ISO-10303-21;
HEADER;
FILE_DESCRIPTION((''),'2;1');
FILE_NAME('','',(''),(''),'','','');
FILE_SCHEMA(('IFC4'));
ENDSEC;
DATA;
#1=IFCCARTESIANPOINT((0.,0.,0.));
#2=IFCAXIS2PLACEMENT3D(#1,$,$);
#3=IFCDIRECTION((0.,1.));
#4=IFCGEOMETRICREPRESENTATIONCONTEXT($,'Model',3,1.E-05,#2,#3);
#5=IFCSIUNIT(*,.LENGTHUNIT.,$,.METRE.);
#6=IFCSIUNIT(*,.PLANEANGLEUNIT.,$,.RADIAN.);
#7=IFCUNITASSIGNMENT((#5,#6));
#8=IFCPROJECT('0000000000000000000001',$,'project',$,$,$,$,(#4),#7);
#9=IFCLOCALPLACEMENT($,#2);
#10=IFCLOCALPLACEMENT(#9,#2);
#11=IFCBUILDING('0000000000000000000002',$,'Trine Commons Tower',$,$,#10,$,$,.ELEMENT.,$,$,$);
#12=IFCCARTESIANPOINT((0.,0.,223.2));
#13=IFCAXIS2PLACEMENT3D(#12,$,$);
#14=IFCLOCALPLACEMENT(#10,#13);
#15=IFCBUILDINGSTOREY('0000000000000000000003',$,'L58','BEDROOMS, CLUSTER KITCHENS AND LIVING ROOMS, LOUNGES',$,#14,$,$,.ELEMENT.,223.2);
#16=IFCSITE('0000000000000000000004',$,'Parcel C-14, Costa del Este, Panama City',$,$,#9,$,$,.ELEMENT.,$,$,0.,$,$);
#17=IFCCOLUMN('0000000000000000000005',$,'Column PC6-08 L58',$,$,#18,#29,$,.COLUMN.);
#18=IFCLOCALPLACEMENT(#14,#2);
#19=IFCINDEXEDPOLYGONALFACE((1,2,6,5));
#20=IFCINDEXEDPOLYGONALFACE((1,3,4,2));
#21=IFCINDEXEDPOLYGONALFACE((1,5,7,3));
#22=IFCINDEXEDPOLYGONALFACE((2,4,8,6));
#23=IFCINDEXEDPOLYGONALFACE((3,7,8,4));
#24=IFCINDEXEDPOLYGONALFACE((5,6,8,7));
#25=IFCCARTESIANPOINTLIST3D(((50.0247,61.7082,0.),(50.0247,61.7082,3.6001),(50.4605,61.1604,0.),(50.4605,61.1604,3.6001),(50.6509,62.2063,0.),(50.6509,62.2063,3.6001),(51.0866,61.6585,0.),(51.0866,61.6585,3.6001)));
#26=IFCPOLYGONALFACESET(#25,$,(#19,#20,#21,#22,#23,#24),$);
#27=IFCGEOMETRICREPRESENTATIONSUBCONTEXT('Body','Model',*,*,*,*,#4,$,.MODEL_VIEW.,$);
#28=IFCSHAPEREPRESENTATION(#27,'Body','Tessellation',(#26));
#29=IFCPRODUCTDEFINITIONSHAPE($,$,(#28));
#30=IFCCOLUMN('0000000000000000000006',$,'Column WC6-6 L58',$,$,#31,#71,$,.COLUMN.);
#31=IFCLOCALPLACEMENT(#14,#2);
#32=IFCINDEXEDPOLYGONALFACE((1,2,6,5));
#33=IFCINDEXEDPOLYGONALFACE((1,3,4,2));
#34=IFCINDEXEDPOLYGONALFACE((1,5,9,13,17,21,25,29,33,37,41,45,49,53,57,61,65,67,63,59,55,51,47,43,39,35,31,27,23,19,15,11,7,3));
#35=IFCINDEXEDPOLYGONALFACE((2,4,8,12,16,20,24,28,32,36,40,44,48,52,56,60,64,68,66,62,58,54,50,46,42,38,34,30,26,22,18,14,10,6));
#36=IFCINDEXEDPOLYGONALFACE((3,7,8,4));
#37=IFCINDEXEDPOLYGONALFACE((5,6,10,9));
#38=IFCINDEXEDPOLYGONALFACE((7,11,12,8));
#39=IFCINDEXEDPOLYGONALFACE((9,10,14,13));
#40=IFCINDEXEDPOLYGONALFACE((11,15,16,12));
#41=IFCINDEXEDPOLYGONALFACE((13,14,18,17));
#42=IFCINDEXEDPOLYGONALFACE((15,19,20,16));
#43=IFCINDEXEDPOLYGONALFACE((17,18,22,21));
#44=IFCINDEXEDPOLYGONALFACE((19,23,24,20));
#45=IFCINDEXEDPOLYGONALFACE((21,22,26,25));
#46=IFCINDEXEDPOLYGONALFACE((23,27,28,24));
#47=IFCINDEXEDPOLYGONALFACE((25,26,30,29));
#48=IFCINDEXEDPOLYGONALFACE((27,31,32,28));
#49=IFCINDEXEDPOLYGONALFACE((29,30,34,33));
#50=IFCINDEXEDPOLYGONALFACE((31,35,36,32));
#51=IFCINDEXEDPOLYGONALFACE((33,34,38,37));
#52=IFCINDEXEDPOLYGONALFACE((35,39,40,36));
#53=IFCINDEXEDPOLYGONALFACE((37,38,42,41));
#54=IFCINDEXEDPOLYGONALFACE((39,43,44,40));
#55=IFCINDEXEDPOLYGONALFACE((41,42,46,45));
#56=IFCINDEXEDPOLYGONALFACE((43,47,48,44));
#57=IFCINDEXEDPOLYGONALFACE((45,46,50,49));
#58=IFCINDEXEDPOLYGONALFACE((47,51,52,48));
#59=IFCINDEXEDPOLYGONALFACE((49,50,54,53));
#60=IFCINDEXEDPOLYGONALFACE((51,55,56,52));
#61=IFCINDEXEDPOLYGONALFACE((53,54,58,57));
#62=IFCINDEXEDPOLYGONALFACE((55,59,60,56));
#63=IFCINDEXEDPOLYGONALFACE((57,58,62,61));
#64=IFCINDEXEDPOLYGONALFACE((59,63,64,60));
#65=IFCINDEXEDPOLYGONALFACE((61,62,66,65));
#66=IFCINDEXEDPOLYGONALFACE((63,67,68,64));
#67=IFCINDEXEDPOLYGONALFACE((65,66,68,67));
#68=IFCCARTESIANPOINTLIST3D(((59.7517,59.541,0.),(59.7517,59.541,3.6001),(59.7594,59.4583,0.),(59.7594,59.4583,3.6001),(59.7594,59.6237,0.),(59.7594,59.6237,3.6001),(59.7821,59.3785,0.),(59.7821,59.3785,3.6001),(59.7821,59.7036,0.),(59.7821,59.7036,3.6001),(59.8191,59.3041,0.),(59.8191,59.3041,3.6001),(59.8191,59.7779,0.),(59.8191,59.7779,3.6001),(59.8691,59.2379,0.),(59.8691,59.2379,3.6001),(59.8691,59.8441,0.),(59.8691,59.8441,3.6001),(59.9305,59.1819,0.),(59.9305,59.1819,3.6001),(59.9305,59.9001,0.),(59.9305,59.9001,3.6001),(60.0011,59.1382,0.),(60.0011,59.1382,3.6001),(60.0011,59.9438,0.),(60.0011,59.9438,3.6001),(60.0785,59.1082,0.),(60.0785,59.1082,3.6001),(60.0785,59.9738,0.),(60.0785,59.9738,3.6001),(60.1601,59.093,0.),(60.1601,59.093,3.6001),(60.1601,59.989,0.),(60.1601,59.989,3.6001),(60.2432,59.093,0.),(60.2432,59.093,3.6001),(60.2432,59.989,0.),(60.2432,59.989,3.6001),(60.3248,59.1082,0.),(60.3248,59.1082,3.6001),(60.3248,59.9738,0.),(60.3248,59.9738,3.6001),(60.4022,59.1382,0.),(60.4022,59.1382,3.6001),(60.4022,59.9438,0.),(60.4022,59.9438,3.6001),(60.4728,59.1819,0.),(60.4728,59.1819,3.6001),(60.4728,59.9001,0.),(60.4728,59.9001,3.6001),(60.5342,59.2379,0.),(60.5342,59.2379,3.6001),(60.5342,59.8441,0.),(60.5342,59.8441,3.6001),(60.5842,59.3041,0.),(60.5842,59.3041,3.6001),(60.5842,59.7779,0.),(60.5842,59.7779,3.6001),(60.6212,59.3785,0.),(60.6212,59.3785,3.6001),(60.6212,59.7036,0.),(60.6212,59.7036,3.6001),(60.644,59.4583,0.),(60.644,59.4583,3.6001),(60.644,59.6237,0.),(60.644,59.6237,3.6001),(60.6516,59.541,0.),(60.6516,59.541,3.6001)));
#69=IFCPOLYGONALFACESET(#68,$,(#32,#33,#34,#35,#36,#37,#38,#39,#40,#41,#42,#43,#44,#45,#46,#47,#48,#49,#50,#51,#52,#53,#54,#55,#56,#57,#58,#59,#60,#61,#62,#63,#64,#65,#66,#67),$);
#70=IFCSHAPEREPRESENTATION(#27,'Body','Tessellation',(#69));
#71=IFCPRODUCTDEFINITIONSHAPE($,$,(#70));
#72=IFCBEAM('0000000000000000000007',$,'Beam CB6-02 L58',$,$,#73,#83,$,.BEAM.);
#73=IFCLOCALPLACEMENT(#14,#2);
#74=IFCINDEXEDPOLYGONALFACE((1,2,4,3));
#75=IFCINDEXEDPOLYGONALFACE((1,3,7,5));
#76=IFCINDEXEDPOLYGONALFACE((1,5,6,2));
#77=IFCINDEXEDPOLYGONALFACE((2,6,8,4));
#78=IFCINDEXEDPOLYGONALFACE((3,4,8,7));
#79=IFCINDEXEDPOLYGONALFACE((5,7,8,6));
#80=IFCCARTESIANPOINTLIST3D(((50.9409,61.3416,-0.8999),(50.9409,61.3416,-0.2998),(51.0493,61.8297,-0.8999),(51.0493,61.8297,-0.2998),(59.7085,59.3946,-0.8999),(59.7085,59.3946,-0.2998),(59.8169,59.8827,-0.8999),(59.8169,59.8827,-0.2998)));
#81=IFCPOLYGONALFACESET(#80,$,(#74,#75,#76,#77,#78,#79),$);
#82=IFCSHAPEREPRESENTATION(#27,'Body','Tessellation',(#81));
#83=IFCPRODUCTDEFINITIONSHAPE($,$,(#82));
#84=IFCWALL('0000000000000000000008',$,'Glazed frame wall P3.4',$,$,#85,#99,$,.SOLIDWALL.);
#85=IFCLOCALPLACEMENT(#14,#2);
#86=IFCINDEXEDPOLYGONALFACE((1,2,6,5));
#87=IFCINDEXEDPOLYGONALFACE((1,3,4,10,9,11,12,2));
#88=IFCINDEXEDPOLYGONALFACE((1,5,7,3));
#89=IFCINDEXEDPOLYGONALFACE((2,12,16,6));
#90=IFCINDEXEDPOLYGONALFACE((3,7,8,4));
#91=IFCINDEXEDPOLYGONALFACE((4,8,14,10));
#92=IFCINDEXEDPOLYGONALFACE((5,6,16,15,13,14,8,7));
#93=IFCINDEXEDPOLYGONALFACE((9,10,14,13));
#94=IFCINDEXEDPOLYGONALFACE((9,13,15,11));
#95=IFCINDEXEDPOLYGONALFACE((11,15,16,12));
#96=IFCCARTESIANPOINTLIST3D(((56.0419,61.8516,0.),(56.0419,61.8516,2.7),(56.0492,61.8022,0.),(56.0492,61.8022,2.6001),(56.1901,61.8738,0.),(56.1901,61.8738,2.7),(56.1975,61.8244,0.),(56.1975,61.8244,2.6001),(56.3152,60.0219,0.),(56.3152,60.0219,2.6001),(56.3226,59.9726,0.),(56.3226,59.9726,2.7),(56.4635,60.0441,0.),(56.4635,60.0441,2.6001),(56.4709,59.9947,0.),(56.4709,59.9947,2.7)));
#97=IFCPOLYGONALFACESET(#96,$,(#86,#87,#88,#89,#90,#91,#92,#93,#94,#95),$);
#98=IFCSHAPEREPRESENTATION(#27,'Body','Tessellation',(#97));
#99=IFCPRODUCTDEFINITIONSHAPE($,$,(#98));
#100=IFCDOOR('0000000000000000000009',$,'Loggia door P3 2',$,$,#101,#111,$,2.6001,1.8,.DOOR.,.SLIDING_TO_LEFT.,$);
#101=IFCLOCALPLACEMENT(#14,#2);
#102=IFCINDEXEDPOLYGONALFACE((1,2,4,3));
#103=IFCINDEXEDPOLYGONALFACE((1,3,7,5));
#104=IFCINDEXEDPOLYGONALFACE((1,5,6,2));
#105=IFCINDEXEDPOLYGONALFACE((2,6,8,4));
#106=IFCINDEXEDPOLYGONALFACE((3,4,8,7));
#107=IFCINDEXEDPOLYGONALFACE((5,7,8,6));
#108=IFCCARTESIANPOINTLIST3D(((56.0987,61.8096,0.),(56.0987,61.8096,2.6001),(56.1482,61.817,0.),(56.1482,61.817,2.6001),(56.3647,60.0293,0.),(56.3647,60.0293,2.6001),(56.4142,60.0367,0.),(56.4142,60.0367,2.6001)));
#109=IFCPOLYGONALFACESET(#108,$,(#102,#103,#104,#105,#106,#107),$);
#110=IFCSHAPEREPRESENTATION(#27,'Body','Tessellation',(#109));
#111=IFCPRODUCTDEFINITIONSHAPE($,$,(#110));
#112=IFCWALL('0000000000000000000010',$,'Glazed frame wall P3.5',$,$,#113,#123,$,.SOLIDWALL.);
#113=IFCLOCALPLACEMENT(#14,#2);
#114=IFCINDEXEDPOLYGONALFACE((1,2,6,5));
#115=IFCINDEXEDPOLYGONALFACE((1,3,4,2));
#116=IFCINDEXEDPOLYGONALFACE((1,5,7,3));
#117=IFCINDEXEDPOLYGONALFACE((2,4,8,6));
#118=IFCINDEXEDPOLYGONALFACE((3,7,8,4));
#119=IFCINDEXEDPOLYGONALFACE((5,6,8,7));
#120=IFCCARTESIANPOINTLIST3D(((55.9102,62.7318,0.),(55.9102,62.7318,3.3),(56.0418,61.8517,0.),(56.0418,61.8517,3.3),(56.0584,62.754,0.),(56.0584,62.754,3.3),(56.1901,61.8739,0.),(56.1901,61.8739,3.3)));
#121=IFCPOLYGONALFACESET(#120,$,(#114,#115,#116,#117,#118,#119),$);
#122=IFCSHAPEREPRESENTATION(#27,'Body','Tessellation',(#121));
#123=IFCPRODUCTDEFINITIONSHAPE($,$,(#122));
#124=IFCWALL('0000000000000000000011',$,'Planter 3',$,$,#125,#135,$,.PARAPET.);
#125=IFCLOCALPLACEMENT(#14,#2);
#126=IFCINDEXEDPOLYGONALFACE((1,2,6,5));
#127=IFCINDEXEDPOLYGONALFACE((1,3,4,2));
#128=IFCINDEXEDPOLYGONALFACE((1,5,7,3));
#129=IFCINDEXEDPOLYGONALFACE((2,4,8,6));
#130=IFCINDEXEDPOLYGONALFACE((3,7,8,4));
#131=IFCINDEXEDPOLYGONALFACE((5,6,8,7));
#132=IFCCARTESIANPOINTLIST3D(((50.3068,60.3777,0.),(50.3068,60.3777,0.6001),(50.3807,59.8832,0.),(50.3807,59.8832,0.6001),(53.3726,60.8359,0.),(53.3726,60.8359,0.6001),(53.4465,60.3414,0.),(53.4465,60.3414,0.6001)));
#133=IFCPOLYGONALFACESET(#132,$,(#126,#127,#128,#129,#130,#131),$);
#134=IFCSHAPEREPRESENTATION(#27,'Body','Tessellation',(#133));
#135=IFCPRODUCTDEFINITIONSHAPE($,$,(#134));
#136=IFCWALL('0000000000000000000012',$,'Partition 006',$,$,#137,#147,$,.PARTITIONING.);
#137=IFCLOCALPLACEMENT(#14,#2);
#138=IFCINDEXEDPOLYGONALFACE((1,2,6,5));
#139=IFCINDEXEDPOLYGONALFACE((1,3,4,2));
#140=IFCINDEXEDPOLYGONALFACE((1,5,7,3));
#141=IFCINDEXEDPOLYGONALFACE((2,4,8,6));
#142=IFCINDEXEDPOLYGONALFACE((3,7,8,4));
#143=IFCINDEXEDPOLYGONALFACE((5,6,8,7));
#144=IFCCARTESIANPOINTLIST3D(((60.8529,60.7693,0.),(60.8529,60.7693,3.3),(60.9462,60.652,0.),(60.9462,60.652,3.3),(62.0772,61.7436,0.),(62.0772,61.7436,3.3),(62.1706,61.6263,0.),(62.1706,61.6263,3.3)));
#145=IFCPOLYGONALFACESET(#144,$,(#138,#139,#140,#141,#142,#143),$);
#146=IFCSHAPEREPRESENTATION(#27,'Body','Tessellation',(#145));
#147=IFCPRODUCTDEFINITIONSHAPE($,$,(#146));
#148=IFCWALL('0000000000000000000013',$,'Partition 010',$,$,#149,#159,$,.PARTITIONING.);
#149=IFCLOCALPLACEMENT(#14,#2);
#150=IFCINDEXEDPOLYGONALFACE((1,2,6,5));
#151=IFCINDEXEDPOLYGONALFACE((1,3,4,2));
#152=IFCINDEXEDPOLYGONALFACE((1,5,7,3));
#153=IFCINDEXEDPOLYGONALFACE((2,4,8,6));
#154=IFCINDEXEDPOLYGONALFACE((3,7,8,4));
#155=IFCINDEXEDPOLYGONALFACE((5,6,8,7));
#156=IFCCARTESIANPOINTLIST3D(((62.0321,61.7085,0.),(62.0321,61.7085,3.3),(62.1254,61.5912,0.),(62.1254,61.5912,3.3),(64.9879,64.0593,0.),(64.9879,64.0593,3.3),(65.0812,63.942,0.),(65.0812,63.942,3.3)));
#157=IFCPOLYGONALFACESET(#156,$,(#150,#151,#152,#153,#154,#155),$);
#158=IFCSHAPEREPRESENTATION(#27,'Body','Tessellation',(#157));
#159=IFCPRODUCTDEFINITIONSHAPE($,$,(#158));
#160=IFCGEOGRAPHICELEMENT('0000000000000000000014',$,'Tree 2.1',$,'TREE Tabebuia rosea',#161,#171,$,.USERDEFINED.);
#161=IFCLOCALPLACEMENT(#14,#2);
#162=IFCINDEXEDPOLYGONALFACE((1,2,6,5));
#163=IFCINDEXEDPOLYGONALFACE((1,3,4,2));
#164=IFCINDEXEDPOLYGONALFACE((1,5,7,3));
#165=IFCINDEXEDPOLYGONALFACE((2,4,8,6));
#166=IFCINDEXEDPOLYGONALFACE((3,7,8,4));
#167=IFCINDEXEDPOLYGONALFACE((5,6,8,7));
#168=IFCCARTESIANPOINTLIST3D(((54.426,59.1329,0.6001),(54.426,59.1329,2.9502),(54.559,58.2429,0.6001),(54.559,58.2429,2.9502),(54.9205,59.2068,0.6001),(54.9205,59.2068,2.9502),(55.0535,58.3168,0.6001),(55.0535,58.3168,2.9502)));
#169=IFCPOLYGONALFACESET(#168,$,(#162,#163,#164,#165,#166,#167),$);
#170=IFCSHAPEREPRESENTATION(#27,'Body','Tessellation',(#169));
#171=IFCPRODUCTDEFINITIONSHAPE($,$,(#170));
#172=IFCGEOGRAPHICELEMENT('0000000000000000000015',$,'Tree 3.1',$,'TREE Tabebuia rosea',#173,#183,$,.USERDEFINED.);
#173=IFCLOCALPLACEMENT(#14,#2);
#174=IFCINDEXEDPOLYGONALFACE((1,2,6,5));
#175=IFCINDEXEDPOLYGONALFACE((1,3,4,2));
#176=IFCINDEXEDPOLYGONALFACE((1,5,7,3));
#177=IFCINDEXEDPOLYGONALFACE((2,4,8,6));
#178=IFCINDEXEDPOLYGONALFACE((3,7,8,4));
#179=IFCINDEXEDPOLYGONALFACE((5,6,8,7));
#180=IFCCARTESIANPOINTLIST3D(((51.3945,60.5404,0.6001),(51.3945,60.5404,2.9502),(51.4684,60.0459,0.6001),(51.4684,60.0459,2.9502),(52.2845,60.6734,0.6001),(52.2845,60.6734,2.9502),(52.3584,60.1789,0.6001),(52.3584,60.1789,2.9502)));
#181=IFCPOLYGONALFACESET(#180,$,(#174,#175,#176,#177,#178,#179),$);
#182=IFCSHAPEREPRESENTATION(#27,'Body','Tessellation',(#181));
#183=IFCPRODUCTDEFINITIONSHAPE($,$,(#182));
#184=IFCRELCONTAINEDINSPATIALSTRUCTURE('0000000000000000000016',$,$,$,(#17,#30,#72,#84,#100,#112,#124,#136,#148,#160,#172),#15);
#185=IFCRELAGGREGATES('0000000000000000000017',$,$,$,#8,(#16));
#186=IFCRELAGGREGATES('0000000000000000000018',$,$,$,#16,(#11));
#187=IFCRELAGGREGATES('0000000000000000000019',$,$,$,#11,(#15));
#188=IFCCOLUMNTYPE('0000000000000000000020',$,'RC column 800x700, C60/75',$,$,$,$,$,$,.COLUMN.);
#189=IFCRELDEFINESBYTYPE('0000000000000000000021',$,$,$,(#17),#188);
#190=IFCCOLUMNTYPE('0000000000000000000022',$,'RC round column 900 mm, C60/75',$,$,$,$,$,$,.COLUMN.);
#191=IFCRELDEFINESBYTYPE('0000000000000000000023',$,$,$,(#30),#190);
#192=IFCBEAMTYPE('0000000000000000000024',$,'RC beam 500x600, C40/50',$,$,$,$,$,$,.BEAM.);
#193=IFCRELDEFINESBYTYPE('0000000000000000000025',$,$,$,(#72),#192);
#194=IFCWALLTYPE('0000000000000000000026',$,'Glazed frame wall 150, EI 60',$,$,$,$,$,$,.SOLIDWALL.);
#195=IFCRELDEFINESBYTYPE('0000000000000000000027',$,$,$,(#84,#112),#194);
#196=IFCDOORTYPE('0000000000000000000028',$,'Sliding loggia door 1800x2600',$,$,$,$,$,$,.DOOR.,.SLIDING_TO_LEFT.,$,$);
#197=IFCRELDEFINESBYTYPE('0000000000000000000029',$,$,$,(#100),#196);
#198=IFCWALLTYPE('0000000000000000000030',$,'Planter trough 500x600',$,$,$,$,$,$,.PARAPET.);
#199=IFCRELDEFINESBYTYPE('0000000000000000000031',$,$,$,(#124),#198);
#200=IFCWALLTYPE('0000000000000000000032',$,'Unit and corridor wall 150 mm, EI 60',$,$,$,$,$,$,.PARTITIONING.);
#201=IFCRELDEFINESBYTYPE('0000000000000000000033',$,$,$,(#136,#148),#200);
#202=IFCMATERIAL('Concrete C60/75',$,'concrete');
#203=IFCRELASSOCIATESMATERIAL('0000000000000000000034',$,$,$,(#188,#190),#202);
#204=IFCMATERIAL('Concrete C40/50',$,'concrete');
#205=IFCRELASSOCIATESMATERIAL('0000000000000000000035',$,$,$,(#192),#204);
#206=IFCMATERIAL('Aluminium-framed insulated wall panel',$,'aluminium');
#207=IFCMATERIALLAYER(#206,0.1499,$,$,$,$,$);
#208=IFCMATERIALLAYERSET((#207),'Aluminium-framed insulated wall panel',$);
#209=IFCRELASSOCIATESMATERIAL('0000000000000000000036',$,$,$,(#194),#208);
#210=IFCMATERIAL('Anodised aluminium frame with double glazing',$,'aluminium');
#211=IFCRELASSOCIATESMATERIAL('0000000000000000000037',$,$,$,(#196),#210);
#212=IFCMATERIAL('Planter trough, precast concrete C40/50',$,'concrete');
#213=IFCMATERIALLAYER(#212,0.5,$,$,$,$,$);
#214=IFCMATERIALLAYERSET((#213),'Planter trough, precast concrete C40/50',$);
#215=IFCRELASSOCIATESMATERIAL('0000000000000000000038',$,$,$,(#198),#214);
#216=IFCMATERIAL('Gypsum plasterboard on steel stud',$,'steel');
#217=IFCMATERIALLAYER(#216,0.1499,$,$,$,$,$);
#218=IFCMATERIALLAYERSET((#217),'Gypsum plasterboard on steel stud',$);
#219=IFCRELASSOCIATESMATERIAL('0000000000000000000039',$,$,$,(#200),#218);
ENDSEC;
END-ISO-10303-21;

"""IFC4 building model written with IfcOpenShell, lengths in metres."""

from ifc_helpers import new_model, si_unit, direction, frame, frame_2d, origin, origin_2d, place, context, subcontext, project, spatial, polyline, rectangle, circle, outline, extrude, material, layer, layer_set, material_profile, profile_set, type_object, element, fill, save


model = new_model("IFC4")

# Units and contexts
model_context = context("Model", 3, precision=1e-05, world=origin(), true_north=direction((0.0, 1.0)))
body_context = subcontext(model_context, "Body", "Model", "MODEL_VIEW")
ifc_project = project(units=[si_unit("LENGTHUNIT", "METRE"), si_unit("PLANEANGLEUNIT", "RADIAN")], contexts=[model_context])

# Site, building, storey
site_placement = place(None, origin())
site = spatial("IfcSite", under=ifc_project, at=site_placement, Name="Parcel C-14, Costa del Este, Panama City", CompositionType="ELEMENT", RefElevation=0.0)
building_placement = place(site_placement, origin())
building = spatial("IfcBuilding", under=site, at=building_placement, Name="Trine Commons Tower", CompositionType="ELEMENT")
storey_placement = place(building_placement, frame((0.0, 0.0, 223.2)))
storey = spatial("IfcBuildingStorey", under=building, at=storey_placement, Name="L58", Description="BEDROOMS, CLUSTER KITCHENS AND LIVING ROOMS, LOUNGES", CompositionType="ELEMENT", Elevation=223.2)

# Columns
ifc_material_1 = material(Name="Concrete C60/75", Category="concrete")
ifc_material_profile_1 = material_profile(ifc_material_1, rectangle(XDim=0.8, YDim=0.7, at=origin_2d()), Name="RC 800x700")
ifc_profile_set_1 = profile_set([ifc_material_profile_1], Name="Concrete C60/75")
column_type_1 = type_object("IfcColumnType", Name="RC column 800x700, C60/75", PredefinedType="COLUMN", material=ifc_profile_set_1)
column_1_placement = place(storey_placement, frame((50.5557, 61.6833, 0.0), z_axis=(0.0, 0.0, 1.0), x_axis=(0.782608, 0.622515, 0.0)))
element("IfcColumn", 1, at=column_1_placement, inside=storey, type_object=column_type_1, Name="Column PC6-08 L58", PredefinedType="COLUMN", context=body_context, shape_type="SweptSolid", body=[
    extrude(rectangle(XDim=0.8, YDim=0.7, at=origin_2d()), origin(), (0.0, 0.0, 1.0), 3.6001),
])
ifc_material_profile_2 = material_profile(ifc_material_1, circle(Radius=0.45, at=origin_2d()), Name="RC round 900")
ifc_profile_set_2 = profile_set([ifc_material_profile_2], Name="Concrete C60/75")
column_type_2 = type_object("IfcColumnType", Name="RC round column 900 mm, C60/75", PredefinedType="COLUMN", material=ifc_profile_set_2)
column_2_placement = place(storey_placement, frame((60.2017, 59.541, 0.0), z_axis=(0.0, 0.0, 1.0), x_axis=(1.0, 0.0, 0.0)))
element("IfcColumn", 2, at=column_2_placement, inside=storey, type_object=column_type_2, Name="Column WC6-6 L58", PredefinedType="COLUMN", context=body_context, shape_type="SweptSolid", body=[
    extrude(circle(Radius=0.45, at=origin_2d()), origin(), (0.0, 0.0, 1.0), 3.6001),
])

# Beam
ifc_material_2 = material(Name="Concrete C40/50", Category="concrete")
ifc_material_profile_3 = material_profile(ifc_material_2, rectangle(XDim=0.5, YDim=0.6001, at=origin_2d()), Name="RC 500x600")
ifc_profile_set_3 = profile_set([ifc_material_profile_3], Name="Concrete C40/50")
beam_type = type_object("IfcBeamType", Name="RC beam 500x600, C40/50", PredefinedType="BEAM", material=ifc_profile_set_3)
beam_placement = place(storey_placement, frame((50.9951, 61.5857, -0.5999), z_axis=(0.976218, -0.216789, 0.0), x_axis=(0.216789, 0.976218, 0.0)))
element("IfcBeam", 3, at=beam_placement, inside=storey, type_object=beam_type, Name="Beam CB6-02 L58", PredefinedType="BEAM", context=body_context, shape_type="SweptSolid", body=[
    extrude(rectangle(XDim=0.5, YDim=0.6001, at=origin_2d()), origin(), (0.0, 0.0, 1.0), 8.9812),
])

# Wall, opening, door
ifc_material_3 = material(Name="Aluminium-framed insulated wall panel", Category="aluminium")
ifc_layer_1 = layer(ifc_material_3, 0.1499)
ifc_layer_set_1 = layer_set([ifc_layer_1], Name="Aluminium-framed insulated wall panel")
wall_type_1 = type_object("IfcWallType", Name="Glazed frame wall 150, EI 60", PredefinedType="SOLIDWALL", material=ifc_layer_set_1)
wall_1_placement = place(storey_placement, frame((56.3967, 59.9836, 0.0), z_axis=(0.0, 0.0, 1.0), x_axis=(-0.147769, 0.989022, 0.0)))
wall_1 = element("IfcWall", 4, at=wall_1_placement, inside=storey, type_object=wall_type_1, Name="Glazed frame wall P3.4", PredefinedType="SOLIDWALL", context=body_context, shape_type="SweptSolid", body=[
    extrude(outline(polyline([(0.0, -0.075), (1.8999, -0.075), (1.8999, 0.075), (0.0, 0.075), (0.0, -0.075)])), origin(), (0.0, 0.0, 1.0), 2.7),
])
opening_placement = place(wall_1_placement, frame((0.05, 0.0, 0.0)))
opening = element("IfcOpeningElement", 5, at=opening_placement, cuts=wall_1, PredefinedType="OPENING", context=body_context, shape_type="SweptSolid", body=[
    extrude(rectangle(XDim=1.8, YDim=2.6001, at=frame_2d((0.8999, 1.3))), frame((0.0, 0.085, 0.0), z_axis=(0.0, -1.0, 0.0), x_axis=(1.0, 0.0, 0.0)), (0.0, 0.0, 1.0), 0.1699),
])
ifc_material_4 = material(Name="Anodised aluminium frame with double glazing", Category="aluminium")
door_type = type_object("IfcDoorType", Name="Sliding loggia door 1800x2600", OperationType="SLIDING_TO_LEFT", PredefinedType="DOOR", material=ifc_material_4)
door_placement = place(opening_placement, origin())
door = element("IfcDoor", 6, at=door_placement, inside=storey, type_object=door_type, Name="Loggia door P3 2", OperationType="SLIDING_TO_LEFT", OverallHeight=2.6001, OverallWidth=1.8, PredefinedType="DOOR", context=body_context, shape_type="SweptSolid", body=[
    extrude(rectangle(XDim=1.8, YDim=2.6001, at=frame_2d((0.8999, 1.3))), frame((0.0, 0.0249, 0.0), z_axis=(0.0, -1.0, 0.0), x_axis=(1.0, 0.0, 0.0)), (0.0, 0.0, 1.0), 0.05),
])
fill(opening, door)

# Walls
wall_2_placement = place(storey_placement, frame((56.116, 61.8628, 0.0), z_axis=(0.0, 0.0, 1.0), x_axis=(-0.147946, 0.988995, 0.0)))
element("IfcWall", 7, at=wall_2_placement, inside=storey, type_object=wall_type_1, Name="Glazed frame wall P3.5", PredefinedType="SOLIDWALL", context=body_context, shape_type="SweptSolid", body=[
    extrude(outline(polyline([(0.8899, 0.075), (0.0, 0.075), (0.0, -0.075), (0.8899, -0.075), (0.8899, 0.075)])), origin(), (0.0, 0.0, 1.0), 3.3),
])
ifc_material_5 = material(Name="Planter trough, precast concrete C40/50", Category="concrete")
ifc_layer_2 = layer(ifc_material_5, 0.5)
ifc_layer_set_2 = layer_set([ifc_layer_2], Name="Planter trough, precast concrete C40/50")
wall_type_2 = type_object("IfcWallType", Name="Planter trough 500x600", PredefinedType="PARAPET", material=ifc_layer_set_2)
wall_3_placement = place(storey_placement, frame((53.4094, 60.5886, 0.0), z_axis=(0.0, 0.0, 1.0), x_axis=(-0.989014, -0.147824, 0.0)))
element("IfcWall", 8, at=wall_3_placement, inside=storey, type_object=wall_type_2, Name="Planter 3", PredefinedType="PARAPET", context=body_context, shape_type="SweptSolid", body=[
    extrude(rectangle(XDim=3.0999, YDim=0.5, at=frame_2d((1.5498, 0.0))), origin(), (0.0, 0.0, 1.0), 0.6001),
])
ifc_material_6 = material(Name="Gypsum plasterboard on steel stud", Category="steel")
ifc_layer_3 = layer(ifc_material_6, 0.1499)
ifc_layer_set_3 = layer_set([ifc_layer_3], Name="Gypsum plasterboard on steel stud")
wall_type_3 = type_object("IfcWallType", Name="Unit and corridor wall 150 mm, EI 60", PredefinedType="PARTITIONING", material=ifc_layer_set_3)
wall_4_placement = place(storey_placement, frame((60.8997, 60.7107, 0.0), z_axis=(0.0, 0.0, 1.0), x_axis=(0.782465, 0.622695, 0.0)))
element("IfcWall", 9, at=wall_4_placement, inside=storey, type_object=wall_type_3, Name="Partition 006", PredefinedType="PARTITIONING", context=body_context, shape_type="SweptSolid", body=[
    extrude(rectangle(XDim=1.5647, YDim=0.1499, at=frame_2d((0.7822, 0.0))), origin(), (0.0, 0.0, 1.0), 3.3),
])
wall_5_placement = place(storey_placement, frame((62.0789, 61.6499, 0.0), z_axis=(0.0, 0.0, 1.0), x_axis=(0.78265, 0.622461, 0.0)))
element("IfcWall", 10, at=wall_5_placement, inside=storey, type_object=wall_type_3, Name="Partition 010", PredefinedType="PARTITIONING", context=body_context, shape_type="SweptSolid", body=[
    extrude(rectangle(XDim=3.7766, YDim=0.1499, at=frame_2d((1.8882, 0.0))), origin(), (0.0, 0.0, 1.0), 3.3),
])

# Geographic elements
for number, where, z_axis, x_axis, name in (
    (11, (54.7397, 58.7249, 0.6001), (0.0, 0.0, 1.0), (-0.147813, 0.989015, 0.0), "Tree 2.1"),
    (12, (51.8765, 60.3596, 0.6001), (0.0, 0.0, 1.0), (-0.989015, -0.147816, 0.0), "Tree 3.1"),
):
    element("IfcGeographicElement", number, at=place(storey_placement, frame(where, z_axis=z_axis, x_axis=x_axis)), inside=storey, Name=name, ObjectType="TREE Tabebuia rosea", PredefinedType="USERDEFINED", context=body_context, shape_type="SweptSolid", body=[
        extrude(rectangle(XDim=0.8999, YDim=0.5, at=origin_2d()), origin(), (0.0, 0.0, 1.0), 2.3501),
    ])

save(model, "model.ifc")
